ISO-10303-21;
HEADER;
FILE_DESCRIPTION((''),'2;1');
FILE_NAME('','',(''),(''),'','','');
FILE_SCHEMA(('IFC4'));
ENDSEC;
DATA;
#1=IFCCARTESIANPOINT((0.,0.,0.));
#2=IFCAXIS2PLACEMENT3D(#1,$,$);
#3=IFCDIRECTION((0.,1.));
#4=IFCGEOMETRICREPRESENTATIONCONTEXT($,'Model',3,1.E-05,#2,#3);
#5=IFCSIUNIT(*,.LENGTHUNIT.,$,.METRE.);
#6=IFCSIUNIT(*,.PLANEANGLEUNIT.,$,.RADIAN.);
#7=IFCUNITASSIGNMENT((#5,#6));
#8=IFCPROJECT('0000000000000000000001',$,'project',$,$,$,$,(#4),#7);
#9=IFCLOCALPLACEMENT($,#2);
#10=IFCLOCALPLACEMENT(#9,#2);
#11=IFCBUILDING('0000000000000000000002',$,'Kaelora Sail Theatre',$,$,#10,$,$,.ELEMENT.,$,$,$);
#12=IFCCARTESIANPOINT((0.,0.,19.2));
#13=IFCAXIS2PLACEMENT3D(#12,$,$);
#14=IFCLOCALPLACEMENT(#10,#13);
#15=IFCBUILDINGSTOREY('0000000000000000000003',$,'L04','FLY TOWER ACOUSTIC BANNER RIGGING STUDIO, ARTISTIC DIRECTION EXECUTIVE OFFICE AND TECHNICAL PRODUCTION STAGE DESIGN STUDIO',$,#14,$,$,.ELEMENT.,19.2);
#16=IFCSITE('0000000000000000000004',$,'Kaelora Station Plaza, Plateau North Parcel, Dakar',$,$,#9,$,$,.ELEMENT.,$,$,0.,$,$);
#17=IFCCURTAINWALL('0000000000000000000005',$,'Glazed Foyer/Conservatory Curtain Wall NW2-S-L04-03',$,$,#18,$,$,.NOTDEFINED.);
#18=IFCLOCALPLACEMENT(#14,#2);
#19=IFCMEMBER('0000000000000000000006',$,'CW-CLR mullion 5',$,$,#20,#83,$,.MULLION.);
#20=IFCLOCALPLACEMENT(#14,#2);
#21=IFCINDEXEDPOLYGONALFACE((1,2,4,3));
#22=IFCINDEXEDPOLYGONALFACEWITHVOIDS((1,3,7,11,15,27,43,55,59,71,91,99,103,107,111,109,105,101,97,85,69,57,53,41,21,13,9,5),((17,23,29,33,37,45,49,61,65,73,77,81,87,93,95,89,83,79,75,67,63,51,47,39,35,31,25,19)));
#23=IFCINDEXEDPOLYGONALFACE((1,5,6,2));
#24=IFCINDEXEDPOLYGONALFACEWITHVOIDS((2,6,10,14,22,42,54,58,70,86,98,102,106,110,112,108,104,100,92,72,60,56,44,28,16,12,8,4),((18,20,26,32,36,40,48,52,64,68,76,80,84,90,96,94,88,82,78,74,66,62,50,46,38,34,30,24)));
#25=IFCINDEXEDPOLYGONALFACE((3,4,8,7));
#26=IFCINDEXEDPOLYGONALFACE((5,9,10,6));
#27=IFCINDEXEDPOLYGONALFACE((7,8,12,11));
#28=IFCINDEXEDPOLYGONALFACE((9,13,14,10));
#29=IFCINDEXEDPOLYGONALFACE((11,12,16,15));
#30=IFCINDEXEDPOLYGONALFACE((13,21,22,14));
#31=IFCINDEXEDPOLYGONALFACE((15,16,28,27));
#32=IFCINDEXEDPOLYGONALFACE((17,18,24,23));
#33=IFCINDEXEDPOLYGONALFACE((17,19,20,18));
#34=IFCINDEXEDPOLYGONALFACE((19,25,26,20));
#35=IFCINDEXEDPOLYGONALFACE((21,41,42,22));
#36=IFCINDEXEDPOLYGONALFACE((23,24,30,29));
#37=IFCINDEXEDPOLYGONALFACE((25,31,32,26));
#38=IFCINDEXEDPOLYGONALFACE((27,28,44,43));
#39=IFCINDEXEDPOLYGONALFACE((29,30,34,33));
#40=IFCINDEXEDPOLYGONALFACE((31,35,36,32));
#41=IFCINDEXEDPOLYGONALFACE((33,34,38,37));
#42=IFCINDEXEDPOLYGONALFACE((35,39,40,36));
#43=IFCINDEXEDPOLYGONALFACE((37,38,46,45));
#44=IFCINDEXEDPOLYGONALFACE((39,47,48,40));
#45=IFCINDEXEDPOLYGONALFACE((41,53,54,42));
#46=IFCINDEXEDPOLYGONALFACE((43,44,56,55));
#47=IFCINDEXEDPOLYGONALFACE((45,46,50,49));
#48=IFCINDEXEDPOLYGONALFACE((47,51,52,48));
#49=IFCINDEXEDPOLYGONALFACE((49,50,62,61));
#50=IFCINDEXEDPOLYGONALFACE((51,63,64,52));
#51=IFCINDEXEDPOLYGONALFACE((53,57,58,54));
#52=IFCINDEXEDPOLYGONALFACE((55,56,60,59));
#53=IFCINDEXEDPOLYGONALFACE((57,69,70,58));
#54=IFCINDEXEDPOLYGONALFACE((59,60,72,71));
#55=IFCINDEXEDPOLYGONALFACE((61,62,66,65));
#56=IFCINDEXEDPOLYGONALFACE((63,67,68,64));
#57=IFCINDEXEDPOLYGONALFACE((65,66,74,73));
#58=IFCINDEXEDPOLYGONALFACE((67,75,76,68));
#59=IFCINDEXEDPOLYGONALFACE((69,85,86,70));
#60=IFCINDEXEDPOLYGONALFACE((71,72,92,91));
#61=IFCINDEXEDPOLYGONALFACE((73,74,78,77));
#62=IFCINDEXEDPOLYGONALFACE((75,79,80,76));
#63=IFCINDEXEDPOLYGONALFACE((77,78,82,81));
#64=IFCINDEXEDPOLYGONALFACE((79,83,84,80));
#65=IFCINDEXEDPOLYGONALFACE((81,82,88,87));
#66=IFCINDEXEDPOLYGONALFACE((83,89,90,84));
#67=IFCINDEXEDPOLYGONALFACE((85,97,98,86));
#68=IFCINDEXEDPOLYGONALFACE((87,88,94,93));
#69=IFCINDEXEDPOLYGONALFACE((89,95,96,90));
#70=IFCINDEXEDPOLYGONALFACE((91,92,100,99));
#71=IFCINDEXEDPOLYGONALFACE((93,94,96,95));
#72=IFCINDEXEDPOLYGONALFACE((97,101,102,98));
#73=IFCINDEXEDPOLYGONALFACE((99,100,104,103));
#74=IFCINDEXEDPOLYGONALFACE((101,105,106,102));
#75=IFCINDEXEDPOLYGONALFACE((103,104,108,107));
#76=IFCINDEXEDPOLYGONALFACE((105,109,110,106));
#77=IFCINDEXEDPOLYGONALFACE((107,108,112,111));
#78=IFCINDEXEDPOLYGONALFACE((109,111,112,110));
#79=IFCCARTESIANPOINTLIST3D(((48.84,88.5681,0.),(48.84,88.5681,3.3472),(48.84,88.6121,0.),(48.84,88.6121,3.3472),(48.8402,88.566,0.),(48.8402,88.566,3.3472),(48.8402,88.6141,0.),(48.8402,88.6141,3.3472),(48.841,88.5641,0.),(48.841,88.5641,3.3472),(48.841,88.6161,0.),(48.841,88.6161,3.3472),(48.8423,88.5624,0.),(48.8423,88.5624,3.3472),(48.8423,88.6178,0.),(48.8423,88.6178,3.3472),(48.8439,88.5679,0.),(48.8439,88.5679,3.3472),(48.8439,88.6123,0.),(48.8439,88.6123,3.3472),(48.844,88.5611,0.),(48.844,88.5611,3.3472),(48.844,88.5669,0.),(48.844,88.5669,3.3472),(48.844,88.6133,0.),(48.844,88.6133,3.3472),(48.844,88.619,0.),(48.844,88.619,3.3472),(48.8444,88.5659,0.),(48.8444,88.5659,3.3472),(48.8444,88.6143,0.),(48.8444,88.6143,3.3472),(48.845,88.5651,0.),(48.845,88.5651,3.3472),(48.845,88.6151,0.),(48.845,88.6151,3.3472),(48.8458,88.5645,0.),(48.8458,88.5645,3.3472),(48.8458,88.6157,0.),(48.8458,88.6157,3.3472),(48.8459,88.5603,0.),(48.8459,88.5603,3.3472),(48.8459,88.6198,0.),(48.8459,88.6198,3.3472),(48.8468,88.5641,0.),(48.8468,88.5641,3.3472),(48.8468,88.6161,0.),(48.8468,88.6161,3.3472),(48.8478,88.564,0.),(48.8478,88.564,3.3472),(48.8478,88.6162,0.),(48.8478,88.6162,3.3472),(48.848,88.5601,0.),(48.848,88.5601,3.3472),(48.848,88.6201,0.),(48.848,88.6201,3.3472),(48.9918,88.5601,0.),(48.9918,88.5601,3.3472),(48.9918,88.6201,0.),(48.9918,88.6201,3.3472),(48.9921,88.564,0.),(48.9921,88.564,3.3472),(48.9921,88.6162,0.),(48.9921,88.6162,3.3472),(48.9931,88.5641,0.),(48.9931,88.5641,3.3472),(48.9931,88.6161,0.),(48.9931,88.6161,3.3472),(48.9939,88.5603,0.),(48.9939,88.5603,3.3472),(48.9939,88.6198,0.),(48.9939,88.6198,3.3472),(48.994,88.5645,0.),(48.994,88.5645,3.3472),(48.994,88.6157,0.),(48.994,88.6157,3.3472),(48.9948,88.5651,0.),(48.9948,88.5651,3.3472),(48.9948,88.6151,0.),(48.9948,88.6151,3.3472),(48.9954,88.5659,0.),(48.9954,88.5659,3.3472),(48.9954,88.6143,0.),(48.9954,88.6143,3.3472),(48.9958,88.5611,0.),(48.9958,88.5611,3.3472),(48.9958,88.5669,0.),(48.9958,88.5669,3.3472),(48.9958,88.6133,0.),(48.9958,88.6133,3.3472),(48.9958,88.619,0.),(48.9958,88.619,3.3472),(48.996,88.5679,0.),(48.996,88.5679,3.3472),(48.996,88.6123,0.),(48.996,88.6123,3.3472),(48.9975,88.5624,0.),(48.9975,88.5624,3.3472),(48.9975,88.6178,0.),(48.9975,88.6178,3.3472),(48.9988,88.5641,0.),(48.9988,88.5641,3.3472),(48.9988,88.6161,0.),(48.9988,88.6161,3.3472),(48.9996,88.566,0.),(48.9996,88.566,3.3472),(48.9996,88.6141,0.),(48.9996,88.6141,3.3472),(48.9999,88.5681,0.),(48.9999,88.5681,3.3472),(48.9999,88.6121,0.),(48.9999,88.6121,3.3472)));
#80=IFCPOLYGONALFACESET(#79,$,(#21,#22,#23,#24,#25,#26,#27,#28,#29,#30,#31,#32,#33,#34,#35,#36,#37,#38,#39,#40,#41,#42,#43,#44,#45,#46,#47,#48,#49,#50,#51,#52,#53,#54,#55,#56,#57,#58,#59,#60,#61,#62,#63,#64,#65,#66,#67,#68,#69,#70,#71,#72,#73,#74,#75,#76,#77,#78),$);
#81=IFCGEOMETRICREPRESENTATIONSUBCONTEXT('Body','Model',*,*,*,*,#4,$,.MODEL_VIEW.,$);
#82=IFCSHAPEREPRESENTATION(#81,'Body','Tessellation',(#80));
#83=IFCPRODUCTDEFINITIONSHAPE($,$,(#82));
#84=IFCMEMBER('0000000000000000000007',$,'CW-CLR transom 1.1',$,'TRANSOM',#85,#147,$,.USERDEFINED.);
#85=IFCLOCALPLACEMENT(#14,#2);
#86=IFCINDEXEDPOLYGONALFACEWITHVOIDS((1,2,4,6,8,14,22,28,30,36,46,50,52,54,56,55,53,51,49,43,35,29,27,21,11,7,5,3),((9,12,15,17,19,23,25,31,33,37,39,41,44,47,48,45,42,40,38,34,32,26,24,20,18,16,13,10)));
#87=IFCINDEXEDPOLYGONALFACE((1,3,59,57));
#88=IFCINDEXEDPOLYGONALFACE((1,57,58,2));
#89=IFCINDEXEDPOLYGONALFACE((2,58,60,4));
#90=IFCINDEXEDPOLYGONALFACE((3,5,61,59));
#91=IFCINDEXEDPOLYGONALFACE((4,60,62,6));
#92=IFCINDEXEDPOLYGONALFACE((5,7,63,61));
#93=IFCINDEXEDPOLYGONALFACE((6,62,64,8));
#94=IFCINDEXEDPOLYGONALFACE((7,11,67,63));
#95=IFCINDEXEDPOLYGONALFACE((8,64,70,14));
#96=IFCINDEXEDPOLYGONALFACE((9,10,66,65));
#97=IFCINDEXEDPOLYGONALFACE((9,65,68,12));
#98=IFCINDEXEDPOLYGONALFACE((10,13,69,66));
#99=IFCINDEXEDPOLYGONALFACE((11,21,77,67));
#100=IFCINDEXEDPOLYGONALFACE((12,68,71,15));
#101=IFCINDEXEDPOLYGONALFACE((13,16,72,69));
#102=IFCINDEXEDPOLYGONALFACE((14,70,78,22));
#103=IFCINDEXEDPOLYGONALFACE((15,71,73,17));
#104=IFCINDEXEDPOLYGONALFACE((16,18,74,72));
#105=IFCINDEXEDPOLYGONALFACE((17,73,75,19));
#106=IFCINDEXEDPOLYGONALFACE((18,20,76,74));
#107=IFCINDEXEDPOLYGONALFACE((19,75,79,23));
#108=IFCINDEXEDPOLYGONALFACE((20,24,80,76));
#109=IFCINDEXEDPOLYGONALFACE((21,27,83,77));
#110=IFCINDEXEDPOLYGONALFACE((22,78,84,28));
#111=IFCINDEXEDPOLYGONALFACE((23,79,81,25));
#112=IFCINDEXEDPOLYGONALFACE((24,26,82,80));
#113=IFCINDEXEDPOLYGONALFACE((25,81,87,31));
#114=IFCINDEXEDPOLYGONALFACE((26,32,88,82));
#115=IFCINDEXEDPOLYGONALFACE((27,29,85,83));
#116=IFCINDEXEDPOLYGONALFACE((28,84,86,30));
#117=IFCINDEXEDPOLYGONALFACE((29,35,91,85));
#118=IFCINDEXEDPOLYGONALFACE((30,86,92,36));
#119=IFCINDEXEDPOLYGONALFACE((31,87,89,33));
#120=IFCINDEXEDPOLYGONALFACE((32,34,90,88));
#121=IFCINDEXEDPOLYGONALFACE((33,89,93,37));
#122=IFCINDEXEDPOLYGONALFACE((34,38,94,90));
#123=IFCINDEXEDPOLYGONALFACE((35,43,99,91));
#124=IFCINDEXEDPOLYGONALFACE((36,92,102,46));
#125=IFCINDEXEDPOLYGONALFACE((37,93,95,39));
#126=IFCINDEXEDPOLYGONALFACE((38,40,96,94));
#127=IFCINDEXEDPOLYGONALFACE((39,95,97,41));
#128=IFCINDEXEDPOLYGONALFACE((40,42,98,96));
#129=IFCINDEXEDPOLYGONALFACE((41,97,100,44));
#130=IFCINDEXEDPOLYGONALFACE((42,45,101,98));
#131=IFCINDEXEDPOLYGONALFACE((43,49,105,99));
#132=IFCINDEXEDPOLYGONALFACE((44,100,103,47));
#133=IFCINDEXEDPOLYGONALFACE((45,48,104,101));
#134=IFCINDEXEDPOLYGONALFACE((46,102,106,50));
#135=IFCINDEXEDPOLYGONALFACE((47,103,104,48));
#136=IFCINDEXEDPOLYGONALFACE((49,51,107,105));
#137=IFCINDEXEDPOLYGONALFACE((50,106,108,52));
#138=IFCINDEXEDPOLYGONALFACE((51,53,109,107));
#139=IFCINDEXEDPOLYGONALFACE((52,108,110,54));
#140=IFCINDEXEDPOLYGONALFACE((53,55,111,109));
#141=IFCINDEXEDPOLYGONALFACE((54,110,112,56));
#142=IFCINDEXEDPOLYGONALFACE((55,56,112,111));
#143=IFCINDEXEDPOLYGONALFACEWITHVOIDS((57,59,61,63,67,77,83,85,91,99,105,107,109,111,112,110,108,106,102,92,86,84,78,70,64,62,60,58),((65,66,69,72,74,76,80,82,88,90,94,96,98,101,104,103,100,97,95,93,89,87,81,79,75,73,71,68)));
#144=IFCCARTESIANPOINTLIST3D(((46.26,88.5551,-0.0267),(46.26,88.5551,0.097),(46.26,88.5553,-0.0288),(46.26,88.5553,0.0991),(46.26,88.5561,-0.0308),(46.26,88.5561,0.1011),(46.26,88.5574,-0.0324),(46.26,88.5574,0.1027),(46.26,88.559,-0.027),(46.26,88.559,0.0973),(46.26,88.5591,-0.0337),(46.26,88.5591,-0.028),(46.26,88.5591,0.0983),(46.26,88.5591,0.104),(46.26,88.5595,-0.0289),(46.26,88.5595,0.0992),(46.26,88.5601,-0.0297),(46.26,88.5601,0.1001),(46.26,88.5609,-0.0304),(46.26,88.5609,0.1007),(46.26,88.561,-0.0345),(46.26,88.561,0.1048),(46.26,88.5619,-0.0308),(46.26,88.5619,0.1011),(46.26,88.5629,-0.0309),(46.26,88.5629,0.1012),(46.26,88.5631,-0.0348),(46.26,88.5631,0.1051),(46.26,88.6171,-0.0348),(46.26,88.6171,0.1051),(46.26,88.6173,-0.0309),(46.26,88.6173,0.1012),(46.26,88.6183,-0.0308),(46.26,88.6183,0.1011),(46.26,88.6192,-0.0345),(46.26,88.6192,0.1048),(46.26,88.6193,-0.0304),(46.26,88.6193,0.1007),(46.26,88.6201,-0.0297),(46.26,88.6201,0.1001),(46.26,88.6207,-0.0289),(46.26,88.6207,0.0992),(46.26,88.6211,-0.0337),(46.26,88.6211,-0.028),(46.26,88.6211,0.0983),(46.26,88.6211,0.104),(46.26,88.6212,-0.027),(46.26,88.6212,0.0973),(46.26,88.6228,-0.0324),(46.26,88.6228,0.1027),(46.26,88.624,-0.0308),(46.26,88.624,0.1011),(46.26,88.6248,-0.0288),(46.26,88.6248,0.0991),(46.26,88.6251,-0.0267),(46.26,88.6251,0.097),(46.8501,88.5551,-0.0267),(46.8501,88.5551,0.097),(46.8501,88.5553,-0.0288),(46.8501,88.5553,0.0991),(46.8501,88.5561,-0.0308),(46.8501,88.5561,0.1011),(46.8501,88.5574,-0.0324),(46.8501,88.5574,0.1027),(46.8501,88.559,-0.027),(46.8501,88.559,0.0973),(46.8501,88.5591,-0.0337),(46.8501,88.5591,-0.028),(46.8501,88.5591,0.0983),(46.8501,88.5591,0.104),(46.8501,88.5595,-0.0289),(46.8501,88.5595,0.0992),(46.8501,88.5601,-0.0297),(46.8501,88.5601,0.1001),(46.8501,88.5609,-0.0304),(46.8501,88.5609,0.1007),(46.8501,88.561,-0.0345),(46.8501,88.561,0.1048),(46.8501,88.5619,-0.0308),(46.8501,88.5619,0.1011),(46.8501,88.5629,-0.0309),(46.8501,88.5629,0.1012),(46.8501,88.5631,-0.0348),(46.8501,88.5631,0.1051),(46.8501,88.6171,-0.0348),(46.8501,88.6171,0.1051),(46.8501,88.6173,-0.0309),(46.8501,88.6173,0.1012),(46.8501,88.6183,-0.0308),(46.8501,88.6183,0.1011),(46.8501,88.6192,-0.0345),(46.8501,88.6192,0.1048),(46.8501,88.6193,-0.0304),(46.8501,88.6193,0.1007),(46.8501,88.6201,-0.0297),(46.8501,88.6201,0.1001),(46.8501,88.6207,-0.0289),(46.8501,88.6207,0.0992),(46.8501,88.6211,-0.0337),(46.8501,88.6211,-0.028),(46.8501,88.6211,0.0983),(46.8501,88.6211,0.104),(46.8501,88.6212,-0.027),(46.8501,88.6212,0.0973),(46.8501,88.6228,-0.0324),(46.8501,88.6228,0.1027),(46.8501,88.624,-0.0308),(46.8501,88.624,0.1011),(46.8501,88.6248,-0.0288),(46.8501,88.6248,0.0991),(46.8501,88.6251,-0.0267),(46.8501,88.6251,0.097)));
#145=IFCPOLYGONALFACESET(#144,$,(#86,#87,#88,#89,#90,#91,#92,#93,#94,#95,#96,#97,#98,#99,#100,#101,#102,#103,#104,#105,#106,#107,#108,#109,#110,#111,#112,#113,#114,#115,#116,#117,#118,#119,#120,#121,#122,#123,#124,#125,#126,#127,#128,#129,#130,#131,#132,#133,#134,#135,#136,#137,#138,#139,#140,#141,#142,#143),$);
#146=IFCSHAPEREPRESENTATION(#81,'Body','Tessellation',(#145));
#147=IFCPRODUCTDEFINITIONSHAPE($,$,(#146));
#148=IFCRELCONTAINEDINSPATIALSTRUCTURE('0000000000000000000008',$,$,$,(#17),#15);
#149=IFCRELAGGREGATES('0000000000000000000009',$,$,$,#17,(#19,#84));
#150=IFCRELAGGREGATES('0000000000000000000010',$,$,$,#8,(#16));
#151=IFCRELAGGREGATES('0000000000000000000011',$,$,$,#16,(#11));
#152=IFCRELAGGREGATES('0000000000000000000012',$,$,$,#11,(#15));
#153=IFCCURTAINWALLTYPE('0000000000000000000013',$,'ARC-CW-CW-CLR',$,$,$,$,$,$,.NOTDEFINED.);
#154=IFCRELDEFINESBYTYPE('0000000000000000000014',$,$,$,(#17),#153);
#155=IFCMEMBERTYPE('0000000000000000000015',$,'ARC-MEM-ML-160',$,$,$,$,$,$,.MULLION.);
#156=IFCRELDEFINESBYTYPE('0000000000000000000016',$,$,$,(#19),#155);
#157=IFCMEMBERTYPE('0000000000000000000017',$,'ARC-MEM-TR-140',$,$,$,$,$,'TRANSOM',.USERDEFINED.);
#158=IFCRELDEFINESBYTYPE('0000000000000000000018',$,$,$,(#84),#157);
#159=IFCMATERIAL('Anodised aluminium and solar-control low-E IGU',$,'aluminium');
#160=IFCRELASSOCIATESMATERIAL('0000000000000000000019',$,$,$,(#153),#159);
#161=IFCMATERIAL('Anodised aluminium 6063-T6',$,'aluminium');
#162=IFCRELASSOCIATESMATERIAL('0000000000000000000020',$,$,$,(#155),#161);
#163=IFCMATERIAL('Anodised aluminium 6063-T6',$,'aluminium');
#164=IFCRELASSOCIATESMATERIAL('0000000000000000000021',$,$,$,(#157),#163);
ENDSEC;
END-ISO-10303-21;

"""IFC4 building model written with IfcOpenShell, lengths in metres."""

from ifc_helpers import new_model, si_unit, direction, frame, origin, origin_2d, place, context, subcontext, project, spatial, hollow_rectangle, extrude, material, material_profile, profile_set, type_object, element, aggregate, save


model = new_model("IFC4")

# Units and contexts
model_context = context("Model", 3, precision=1e-05, world=origin(), true_north=direction((0.0, 1.0)))
body_context = subcontext(model_context, "Body", "Model", "MODEL_VIEW")
ifc_project = project(units=[si_unit("LENGTHUNIT", "METRE"), si_unit("PLANEANGLEUNIT", "RADIAN")], contexts=[model_context])

# Site, building, storey
site_placement = place(None, origin())
site = spatial("IfcSite", under=ifc_project, at=site_placement, Name="Kaelora Station Plaza, Plateau North Parcel, Dakar", CompositionType="ELEMENT", RefElevation=0.0)
building_placement = place(site_placement, origin())
building = spatial("IfcBuilding", under=site, at=building_placement, Name="Kaelora Sail Theatre", CompositionType="ELEMENT")
storey_placement = place(building_placement, frame((0.0, 0.0, 19.2)))
storey = spatial("IfcBuildingStorey", under=building, at=storey_placement, Name="L04", Description="FLY TOWER ACOUSTIC BANNER RIGGING STUDIO, ARTISTIC DIRECTION EXECUTIVE OFFICE AND TECHNICAL PRODUCTION STAGE DESIGN STUDIO", CompositionType="ELEMENT", Elevation=19.2)

# Curtain wall, members
ifc_material_1 = material(Name="Anodised aluminium and solar-control low-E IGU", Category="aluminium")
curtain_wall_type = type_object("IfcCurtainWallType", Name="ARC-CW-CW-CLR", PredefinedType="NOTDEFINED", material=ifc_material_1)
curtain_wall_placement = place(storey_placement, origin())
curtain_wall = element("IfcCurtainWall", 1, at=curtain_wall_placement, inside=storey, type_object=curtain_wall_type, Name="Glazed Foyer/Conservatory Curtain Wall NW2-S-L04-03", PredefinedType="NOTDEFINED")
ifc_material_2 = material(Name="Anodised aluminium 6063-T6", Category="aluminium")
ifc_material_profile_1 = material_profile(ifc_material_2, hollow_rectangle(XDim=0.0601, YDim=0.1599, WallThickness=0.0039, InnerFilletRadius=0.0039, OuterFilletRadius=0.0081, at=origin_2d()), Name="ALU-MULL 60x160x4")
ifc_profile_set_1 = profile_set([ifc_material_profile_1], Name="Anodised aluminium 6063-T6")
member_type_1 = type_object("IfcMemberType", Name="ARC-MEM-ML-160", PredefinedType="MULLION", material=ifc_profile_set_1)
member_1_placement = place(storey_placement, frame((48.9199, 88.5901, 0.0), z_axis=(0.0, 0.0, 1.0), x_axis=(0.0, 1.0, 0.0)))
member_1 = element("IfcMember", 2, at=member_1_placement, type_object=member_type_1, Name="CW-CLR mullion 5", PredefinedType="MULLION", context=body_context, shape_type="SweptSolid", body=[
    extrude(hollow_rectangle(XDim=0.0601, YDim=0.1599, WallThickness=0.0039, InnerFilletRadius=0.0039, OuterFilletRadius=0.0081, at=origin_2d()), origin(), (0.0, 0.0, 1.0), 3.3472),
])
ifc_material_3 = material(Name="Anodised aluminium 6063-T6", Category="aluminium")
ifc_material_profile_2 = material_profile(ifc_material_3, hollow_rectangle(XDim=0.0701, YDim=0.1399, WallThickness=0.0039, InnerFilletRadius=0.0039, OuterFilletRadius=0.0081, at=origin_2d()), Name="ALU-TRAN 70x140x4")
ifc_profile_set_2 = profile_set([ifc_material_profile_2], Name="Anodised aluminium 6063-T6")
member_type_2 = type_object("IfcMemberType", Name="ARC-MEM-TR-140", ElementType="TRANSOM", PredefinedType="USERDEFINED", material=ifc_profile_set_2)
member_2_placement = place(storey_placement, frame((46.26, 88.5901, 0.0352), z_axis=(1.0, 0.0, 0.0), x_axis=(0.0, 1.0, 0.0)))
member_2 = element("IfcMember", 3, at=member_2_placement, type_object=member_type_2, Name="CW-CLR transom 1.1", ObjectType="TRANSOM", PredefinedType="USERDEFINED", context=body_context, shape_type="SweptSolid", body=[
    extrude(hollow_rectangle(XDim=0.0701, YDim=0.1399, WallThickness=0.0039, InnerFilletRadius=0.0039, OuterFilletRadius=0.0081, at=origin_2d()), origin(), (0.0, 0.0, 1.0), 0.5901),
])
aggregate(curtain_wall, [member_1, member_2])

save(model, "model.ifc")
